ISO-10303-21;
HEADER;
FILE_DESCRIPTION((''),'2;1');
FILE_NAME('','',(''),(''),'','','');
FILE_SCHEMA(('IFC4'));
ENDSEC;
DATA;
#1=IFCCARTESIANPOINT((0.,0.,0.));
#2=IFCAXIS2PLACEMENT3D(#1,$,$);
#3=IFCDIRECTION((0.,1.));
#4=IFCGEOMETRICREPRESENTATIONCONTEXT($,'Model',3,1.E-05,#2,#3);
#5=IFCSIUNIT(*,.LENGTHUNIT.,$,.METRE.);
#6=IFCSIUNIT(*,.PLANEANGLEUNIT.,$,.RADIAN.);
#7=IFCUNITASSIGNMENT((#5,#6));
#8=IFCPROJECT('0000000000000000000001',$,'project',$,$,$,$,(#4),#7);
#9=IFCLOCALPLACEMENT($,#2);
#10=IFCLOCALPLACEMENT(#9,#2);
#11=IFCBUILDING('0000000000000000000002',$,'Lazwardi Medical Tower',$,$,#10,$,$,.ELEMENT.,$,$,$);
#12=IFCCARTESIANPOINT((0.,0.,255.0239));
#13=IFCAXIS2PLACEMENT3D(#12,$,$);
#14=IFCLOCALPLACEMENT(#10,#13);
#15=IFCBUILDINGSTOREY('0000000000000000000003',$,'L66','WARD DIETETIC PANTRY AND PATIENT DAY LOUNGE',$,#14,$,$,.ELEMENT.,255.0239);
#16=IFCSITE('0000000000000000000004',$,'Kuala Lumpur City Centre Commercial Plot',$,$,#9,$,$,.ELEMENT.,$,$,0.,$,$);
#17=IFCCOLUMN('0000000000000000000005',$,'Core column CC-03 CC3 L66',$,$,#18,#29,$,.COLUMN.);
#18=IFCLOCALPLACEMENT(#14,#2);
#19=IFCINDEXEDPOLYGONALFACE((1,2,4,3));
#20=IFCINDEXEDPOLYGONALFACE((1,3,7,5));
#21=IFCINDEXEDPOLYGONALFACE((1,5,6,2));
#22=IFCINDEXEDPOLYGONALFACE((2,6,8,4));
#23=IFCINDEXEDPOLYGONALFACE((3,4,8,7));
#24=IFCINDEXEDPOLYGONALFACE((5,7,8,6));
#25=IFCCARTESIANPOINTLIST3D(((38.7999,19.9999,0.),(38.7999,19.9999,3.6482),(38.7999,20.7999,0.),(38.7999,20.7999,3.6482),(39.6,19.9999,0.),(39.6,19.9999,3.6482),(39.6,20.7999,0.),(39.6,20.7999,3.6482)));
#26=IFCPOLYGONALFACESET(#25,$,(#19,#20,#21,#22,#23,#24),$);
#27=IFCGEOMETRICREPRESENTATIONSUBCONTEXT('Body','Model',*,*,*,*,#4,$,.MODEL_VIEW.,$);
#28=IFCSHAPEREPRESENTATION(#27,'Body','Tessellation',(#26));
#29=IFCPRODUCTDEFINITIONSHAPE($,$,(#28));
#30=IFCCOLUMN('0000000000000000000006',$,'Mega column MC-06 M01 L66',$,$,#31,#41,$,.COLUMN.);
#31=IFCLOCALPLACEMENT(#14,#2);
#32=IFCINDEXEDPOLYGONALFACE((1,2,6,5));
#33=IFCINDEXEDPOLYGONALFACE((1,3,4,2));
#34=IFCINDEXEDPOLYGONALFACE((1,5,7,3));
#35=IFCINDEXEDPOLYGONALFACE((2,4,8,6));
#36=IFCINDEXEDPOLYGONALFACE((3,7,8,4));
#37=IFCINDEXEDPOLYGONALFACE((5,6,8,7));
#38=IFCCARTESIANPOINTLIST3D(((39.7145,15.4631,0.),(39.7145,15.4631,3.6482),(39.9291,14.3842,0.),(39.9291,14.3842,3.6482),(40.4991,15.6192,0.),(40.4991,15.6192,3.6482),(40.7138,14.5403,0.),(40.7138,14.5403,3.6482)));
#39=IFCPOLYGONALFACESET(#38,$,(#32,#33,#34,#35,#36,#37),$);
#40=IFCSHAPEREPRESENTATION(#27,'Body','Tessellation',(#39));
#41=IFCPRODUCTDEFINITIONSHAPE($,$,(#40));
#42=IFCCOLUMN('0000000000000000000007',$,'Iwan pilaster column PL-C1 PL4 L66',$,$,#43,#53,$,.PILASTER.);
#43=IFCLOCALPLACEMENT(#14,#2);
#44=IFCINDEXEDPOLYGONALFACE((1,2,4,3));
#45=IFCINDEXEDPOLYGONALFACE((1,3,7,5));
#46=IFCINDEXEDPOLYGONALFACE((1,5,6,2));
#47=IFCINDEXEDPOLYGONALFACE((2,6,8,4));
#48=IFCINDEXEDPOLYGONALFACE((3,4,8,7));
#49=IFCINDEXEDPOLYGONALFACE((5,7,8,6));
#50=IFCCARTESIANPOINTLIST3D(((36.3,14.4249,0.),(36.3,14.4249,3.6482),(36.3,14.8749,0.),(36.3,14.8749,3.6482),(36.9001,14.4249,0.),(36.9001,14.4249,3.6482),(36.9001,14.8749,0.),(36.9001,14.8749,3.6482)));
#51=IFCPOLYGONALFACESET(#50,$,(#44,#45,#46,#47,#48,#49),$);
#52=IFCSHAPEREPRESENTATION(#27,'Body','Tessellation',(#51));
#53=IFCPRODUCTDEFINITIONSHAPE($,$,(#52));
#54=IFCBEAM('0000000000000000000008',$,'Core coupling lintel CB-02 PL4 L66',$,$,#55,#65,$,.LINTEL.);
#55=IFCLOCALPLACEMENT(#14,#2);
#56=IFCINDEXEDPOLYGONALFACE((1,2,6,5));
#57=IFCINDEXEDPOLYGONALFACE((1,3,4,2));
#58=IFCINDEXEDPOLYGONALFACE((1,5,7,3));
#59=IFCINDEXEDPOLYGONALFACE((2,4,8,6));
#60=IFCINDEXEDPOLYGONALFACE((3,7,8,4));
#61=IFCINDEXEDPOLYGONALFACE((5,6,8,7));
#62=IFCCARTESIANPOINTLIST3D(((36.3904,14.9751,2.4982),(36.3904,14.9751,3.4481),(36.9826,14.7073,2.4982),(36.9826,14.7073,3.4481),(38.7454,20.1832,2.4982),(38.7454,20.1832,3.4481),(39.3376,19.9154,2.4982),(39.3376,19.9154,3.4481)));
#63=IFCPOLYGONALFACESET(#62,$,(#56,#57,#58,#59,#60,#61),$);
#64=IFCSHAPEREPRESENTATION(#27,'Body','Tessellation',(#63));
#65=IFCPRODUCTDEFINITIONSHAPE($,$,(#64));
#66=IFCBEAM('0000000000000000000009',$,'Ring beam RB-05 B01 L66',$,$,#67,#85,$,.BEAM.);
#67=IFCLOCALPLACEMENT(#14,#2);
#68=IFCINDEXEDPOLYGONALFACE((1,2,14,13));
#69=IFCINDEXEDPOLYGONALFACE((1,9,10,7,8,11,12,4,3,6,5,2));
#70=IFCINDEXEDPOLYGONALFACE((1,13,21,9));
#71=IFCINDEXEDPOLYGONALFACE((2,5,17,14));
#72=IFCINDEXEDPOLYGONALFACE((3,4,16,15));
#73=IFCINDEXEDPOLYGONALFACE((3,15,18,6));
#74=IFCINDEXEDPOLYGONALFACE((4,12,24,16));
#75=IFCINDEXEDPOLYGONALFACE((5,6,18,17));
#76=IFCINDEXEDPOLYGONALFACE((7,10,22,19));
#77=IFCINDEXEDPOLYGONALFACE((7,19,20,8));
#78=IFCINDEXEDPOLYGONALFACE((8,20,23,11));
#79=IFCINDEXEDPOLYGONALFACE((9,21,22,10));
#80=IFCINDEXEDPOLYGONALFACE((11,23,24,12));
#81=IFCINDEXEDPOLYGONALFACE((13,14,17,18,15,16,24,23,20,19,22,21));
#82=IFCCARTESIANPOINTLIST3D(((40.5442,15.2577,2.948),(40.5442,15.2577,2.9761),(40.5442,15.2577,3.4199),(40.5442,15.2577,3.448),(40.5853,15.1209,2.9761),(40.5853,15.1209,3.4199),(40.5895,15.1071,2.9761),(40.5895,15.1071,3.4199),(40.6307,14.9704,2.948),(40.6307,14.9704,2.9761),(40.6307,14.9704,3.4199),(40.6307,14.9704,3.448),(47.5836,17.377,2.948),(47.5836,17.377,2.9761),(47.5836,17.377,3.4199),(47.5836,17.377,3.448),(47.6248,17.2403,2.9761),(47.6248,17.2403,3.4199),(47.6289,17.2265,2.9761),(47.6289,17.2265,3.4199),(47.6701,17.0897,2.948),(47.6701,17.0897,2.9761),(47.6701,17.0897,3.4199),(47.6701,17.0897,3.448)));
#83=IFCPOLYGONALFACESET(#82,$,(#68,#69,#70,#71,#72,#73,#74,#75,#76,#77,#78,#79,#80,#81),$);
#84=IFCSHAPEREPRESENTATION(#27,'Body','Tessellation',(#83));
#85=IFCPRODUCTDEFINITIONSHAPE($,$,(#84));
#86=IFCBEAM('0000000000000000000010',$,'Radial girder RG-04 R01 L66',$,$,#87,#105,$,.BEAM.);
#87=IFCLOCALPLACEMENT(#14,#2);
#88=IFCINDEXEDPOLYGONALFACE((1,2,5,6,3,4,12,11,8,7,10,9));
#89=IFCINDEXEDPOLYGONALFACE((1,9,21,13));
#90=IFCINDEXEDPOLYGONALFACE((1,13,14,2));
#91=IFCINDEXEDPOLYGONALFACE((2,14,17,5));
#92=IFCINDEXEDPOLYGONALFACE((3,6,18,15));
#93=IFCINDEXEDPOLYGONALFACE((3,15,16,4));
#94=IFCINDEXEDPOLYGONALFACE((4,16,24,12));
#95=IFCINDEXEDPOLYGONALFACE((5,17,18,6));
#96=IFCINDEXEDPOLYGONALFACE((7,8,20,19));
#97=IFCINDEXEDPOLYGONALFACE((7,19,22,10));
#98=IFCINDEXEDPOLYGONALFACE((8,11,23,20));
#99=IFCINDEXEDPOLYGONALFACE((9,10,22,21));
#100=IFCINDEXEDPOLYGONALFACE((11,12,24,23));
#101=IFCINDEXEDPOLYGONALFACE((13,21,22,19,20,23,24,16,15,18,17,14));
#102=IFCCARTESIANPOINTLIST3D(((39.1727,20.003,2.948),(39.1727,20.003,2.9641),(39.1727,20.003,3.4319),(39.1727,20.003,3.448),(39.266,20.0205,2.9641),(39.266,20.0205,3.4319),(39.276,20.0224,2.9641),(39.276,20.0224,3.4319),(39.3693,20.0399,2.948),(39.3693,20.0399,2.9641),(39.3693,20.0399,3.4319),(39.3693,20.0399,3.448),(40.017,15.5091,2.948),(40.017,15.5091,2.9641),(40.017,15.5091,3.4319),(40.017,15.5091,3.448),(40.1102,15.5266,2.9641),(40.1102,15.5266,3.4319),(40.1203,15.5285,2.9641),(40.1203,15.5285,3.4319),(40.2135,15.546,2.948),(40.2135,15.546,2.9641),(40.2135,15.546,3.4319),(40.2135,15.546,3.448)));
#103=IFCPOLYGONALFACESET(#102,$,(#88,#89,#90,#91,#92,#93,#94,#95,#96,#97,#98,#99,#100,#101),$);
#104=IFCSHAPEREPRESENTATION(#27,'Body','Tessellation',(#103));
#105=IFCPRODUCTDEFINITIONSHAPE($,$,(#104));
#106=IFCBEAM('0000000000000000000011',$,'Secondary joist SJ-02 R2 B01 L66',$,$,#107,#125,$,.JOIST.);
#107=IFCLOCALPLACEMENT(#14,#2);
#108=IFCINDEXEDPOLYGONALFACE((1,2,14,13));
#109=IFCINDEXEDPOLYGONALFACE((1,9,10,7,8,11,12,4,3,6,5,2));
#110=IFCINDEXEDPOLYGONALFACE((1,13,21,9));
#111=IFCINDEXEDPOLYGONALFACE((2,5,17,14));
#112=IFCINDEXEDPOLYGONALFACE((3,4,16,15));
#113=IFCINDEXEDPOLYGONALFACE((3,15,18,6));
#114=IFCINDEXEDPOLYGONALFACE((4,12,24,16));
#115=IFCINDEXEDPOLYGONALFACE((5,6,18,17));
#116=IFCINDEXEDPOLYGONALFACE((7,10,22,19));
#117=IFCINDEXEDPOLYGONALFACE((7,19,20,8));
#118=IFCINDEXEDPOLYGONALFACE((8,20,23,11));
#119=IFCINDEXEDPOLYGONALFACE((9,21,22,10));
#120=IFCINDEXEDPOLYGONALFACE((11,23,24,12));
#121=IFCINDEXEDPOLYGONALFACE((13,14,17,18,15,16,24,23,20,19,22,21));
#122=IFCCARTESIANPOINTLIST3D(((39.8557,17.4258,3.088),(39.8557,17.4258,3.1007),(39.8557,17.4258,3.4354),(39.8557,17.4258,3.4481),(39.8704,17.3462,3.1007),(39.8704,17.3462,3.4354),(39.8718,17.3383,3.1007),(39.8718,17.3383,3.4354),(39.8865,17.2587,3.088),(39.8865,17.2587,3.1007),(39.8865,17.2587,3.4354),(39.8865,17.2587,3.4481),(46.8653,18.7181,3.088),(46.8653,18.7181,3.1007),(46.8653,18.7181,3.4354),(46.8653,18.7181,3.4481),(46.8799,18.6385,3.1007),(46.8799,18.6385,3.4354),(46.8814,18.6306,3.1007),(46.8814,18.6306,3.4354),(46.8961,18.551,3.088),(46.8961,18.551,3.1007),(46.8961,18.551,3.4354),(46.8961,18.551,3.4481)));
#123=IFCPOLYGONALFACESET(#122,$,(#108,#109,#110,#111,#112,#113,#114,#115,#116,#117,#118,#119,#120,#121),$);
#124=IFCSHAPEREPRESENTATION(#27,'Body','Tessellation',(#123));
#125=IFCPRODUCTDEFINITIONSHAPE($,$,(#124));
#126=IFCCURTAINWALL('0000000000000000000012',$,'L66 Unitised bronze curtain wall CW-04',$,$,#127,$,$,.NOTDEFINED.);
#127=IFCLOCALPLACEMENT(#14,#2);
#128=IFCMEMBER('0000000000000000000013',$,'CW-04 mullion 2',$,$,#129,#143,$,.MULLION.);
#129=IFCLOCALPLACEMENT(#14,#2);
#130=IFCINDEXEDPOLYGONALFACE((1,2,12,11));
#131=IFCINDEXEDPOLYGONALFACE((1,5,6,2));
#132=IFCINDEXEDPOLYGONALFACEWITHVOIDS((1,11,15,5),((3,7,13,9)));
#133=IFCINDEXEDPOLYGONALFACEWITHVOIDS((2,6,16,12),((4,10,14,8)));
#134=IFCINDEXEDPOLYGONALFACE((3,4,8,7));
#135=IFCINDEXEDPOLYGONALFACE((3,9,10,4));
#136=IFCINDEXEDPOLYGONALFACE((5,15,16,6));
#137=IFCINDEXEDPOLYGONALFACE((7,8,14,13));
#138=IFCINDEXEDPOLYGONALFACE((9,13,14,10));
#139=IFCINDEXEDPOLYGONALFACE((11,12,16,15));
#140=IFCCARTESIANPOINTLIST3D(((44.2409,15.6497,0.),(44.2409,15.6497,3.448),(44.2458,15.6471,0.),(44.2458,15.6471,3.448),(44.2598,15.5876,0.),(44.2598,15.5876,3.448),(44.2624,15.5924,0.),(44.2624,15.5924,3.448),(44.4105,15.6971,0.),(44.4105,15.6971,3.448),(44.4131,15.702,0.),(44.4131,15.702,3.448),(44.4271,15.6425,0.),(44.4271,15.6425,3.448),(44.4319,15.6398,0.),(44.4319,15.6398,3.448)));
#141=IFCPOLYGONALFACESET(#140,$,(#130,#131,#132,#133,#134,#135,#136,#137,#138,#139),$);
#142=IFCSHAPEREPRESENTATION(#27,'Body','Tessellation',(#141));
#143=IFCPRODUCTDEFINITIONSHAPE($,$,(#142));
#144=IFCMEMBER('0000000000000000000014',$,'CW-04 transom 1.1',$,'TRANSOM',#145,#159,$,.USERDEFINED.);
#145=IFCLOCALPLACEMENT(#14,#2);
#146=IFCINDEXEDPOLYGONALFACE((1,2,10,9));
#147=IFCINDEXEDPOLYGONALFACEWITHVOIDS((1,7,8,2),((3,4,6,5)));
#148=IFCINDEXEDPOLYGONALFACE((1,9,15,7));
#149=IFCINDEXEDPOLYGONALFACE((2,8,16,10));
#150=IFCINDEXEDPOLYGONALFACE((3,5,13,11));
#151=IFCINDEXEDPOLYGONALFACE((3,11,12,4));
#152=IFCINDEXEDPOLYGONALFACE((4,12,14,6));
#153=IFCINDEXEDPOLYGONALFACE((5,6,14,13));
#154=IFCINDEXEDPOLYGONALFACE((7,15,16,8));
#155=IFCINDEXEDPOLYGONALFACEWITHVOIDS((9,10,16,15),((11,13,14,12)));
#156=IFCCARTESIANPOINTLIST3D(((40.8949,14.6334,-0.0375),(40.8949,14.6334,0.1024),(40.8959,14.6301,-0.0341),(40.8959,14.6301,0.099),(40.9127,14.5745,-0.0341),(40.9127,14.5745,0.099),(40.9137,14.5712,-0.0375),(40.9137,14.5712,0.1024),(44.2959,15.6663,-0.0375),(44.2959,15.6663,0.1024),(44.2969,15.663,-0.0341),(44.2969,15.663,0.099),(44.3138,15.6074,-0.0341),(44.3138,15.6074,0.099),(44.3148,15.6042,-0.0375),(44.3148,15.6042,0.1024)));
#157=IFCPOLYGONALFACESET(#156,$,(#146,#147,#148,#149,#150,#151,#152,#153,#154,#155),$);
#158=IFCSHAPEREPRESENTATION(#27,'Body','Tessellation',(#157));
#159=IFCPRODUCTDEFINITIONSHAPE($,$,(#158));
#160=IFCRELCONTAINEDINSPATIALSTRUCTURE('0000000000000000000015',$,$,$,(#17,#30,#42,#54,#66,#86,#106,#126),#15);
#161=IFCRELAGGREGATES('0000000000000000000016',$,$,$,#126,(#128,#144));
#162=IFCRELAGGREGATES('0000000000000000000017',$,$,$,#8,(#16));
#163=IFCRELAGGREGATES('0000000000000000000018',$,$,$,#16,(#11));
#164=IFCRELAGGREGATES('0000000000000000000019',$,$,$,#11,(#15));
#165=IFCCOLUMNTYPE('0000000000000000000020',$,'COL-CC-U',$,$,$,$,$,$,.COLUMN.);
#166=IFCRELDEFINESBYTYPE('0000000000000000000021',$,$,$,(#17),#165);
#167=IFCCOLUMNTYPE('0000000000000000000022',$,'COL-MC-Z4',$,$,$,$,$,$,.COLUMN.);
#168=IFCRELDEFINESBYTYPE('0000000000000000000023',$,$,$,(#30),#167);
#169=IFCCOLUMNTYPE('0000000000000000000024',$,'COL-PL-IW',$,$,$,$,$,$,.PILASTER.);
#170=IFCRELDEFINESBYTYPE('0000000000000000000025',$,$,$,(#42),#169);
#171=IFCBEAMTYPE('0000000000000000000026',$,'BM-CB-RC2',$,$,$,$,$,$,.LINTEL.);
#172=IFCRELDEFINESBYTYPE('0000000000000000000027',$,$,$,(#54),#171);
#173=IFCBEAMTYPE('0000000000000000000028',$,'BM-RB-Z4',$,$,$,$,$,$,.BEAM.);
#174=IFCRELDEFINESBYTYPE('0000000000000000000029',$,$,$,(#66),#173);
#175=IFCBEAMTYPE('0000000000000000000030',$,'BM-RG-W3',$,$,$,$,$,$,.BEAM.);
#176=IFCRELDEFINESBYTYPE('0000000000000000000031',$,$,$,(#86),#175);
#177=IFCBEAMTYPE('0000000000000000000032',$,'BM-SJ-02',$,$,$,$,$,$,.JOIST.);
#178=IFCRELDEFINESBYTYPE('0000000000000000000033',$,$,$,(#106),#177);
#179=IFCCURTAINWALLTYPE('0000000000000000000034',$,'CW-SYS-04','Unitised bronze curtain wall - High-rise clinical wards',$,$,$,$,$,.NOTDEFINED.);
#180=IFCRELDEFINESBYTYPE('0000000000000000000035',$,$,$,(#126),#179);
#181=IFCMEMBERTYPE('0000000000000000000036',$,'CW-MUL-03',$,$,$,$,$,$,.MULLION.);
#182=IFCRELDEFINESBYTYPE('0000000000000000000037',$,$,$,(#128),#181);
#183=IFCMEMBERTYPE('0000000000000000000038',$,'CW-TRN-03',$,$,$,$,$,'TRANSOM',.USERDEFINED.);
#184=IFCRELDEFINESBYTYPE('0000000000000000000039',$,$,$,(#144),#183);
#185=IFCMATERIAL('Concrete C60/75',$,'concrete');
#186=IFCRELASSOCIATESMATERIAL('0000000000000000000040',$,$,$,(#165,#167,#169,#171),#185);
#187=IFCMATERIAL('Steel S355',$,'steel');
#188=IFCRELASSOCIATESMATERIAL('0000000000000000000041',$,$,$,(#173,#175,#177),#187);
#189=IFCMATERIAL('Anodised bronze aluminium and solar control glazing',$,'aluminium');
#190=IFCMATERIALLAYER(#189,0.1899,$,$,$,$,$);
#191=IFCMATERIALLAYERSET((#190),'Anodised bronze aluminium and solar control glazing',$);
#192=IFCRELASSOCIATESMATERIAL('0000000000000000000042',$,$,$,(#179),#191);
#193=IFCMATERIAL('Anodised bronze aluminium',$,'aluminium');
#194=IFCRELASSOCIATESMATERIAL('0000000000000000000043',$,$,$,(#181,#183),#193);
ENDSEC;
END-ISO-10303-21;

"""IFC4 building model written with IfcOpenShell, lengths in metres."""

from ifc_helpers import new_model, si_unit, direction, frame, origin, origin_2d, place, context, subcontext, project, spatial, rectangle, hollow_rectangle, i_section, extrude, material, layer, layer_set, material_profile, profile_set, type_object, element, aggregate, save


model = new_model("IFC4")

# Units and contexts
model_context = context("Model", 3, precision=1e-05, world=origin(), true_north=direction((0.0, 1.0)))
body_context = subcontext(model_context, "Body", "Model", "MODEL_VIEW")
ifc_project = project(units=[si_unit("LENGTHUNIT", "METRE"), si_unit("PLANEANGLEUNIT", "RADIAN")], contexts=[model_context])

# Site, building, storey
site_placement = place(None, origin())
site = spatial("IfcSite", under=ifc_project, at=site_placement, Name="Kuala Lumpur City Centre Commercial Plot", CompositionType="ELEMENT", RefElevation=0.0)
building_placement = place(site_placement, origin())
building = spatial("IfcBuilding", under=site, at=building_placement, Name="Lazwardi Medical Tower", CompositionType="ELEMENT")
storey_placement = place(building_placement, frame((0.0, 0.0, 255.0239)))
storey = spatial("IfcBuildingStorey", under=building, at=storey_placement, Name="L66", Description="WARD DIETETIC PANTRY AND PATIENT DAY LOUNGE", CompositionType="ELEMENT", Elevation=255.0239)

# Columns
ifc_material_1 = material(Name="Concrete C60/75", Category="concrete")
ifc_material_profile_1 = material_profile(ifc_material_1, rectangle(XDim=0.8, YDim=0.8, at=origin_2d()), Name="RC 800x800")
ifc_profile_set_1 = profile_set([ifc_material_profile_1], Name="Concrete C60/75")
column_type_1 = type_object("IfcColumnType", Name="COL-CC-U", PredefinedType="COLUMN", material=ifc_profile_set_1)
column_1_placement = place(storey_placement, frame((39.2, 20.3999, 0.0), z_axis=(0.0, 0.0, 1.0), x_axis=(1.0, 0.0, 0.0)))
element("IfcColumn", 1, at=column_1_placement, inside=storey, type_object=column_type_1, Name="Core column CC-03 CC3 L66", PredefinedType="COLUMN", context=body_context, shape_type="SweptSolid", body=[
    extrude(rectangle(XDim=0.8, YDim=0.8, at=origin_2d()), origin(), (0.0, 0.0, 1.0), 3.6482),
])
ifc_material_profile_2 = material_profile(ifc_material_1, rectangle(XDim=1.1001, YDim=0.8, at=origin_2d()), Name="CFT-RECT 1100x800")
ifc_profile_set_2 = profile_set([ifc_material_profile_2], Name="Concrete C60/75")
column_type_2 = type_object("IfcColumnType", Name="COL-MC-Z4", PredefinedType="COLUMN", material=ifc_profile_set_2)
column_2_placement = place(storey_placement, frame((40.2141, 15.0017, 0.0), z_axis=(0.0, 0.0, 1.0), x_axis=(0.19509, -0.980785, 0.0)))
element("IfcColumn", 2, at=column_2_placement, inside=storey, type_object=column_type_2, Name="Mega column MC-06 M01 L66", PredefinedType="COLUMN", context=body_context, shape_type="SweptSolid", body=[
    extrude(rectangle(XDim=1.1001, YDim=0.8, at=origin_2d()), origin(), (0.0, 0.0, 1.0), 3.6482),
])
ifc_material_profile_3 = material_profile(ifc_material_1, rectangle(XDim=0.6001, YDim=0.45, at=origin_2d()), Name="RC 600x450")
ifc_profile_set_3 = profile_set([ifc_material_profile_3], Name="Concrete C60/75")
column_type_3 = type_object("IfcColumnType", Name="COL-PL-IW", PredefinedType="PILASTER", material=ifc_profile_set_3)
column_3_placement = place(storey_placement, frame((36.6001, 14.6499, 0.0), z_axis=(0.0, 0.0, 1.0), x_axis=(1.0, 0.0, 0.0)))
element("IfcColumn", 3, at=column_3_placement, inside=storey, type_object=column_type_3, Name="Iwan pilaster column PL-C1 PL4 L66", PredefinedType="PILASTER", context=body_context, shape_type="SweptSolid", body=[
    extrude(rectangle(XDim=0.6001, YDim=0.45, at=origin_2d()), origin(), (0.0, 0.0, 1.0), 3.6482),
])

# Beams
ifc_material_profile_4 = material_profile(ifc_material_1, rectangle(XDim=0.6499, YDim=0.95, at=origin_2d()), Name="RC 650x950")
ifc_profile_set_4 = profile_set([ifc_material_profile_4], Name="Concrete C60/75")
beam_type_1 = type_object("IfcBeamType", Name="BM-CB-RC2", PredefinedType="LINTEL", material=ifc_profile_set_4)
beam_1_placement = place(storey_placement, frame((39.0415, 20.0493, 2.9731), z_axis=(-0.412019, -0.911175, 0.0), x_axis=(0.911175, -0.412019, 0.0)))
element("IfcBeam", 4, at=beam_1_placement, inside=storey, type_object=beam_type_1, Name="Core coupling lintel CB-02 PL4 L66", PredefinedType="LINTEL", context=body_context, shape_type="SweptSolid", body=[
    extrude(rectangle(XDim=0.6499, YDim=0.95, at=origin_2d()), origin(), (0.0, 0.0, 1.0), 5.7158),
])
ifc_material_2 = material(Name="Steel S355", Category="steel")
ifc_material_profile_5 = material_profile(ifc_material_2, i_section(OverallWidth=0.3, OverallDepth=0.5, WebThickness=0.0144, FlangeThickness=0.0281, at=origin_2d()), Name="HEB 500")
ifc_profile_set_5 = profile_set([ifc_material_profile_5], Name="Steel S355")
beam_type_2 = type_object("IfcBeamType", Name="BM-RB-Z4", PredefinedType="BEAM", material=ifc_profile_set_5)
beam_2_placement = place(storey_placement, frame((40.5874, 15.114, 3.198), z_axis=(0.957544, 0.288286, 0.0), x_axis=(-0.288286, 0.957544, 0.0)))
element("IfcBeam", 5, at=beam_2_placement, inside=storey, type_object=beam_type_2, Name="Ring beam RB-05 B01 L66", PredefinedType="BEAM", context=body_context, shape_type="SweptSolid", body=[
    extrude(i_section(OverallWidth=0.3, OverallDepth=0.5, WebThickness=0.0144, FlangeThickness=0.0281, at=origin_2d()), origin(), (0.0, 0.0, 1.0), 7.3516),
])
ifc_material_profile_6 = material_profile(ifc_material_2, i_section(OverallWidth=0.2, OverallDepth=0.5, WebThickness=0.0103, FlangeThickness=0.0161, at=origin_2d()), Name="IPE 500")
ifc_profile_set_6 = profile_set([ifc_material_profile_6], Name="Steel S355")
beam_type_3 = type_object("IfcBeamType", Name="BM-RG-W3", PredefinedType="BEAM", material=ifc_profile_set_6)
beam_3_placement = place(storey_placement, frame((40.1152, 15.5276, 3.198), z_axis=(-0.184633, 0.982807, 0.0), x_axis=(-0.982807, -0.184633, 0.0)))
element("IfcBeam", 6, at=beam_3_placement, inside=storey, type_object=beam_type_3, Name="Radial girder RG-04 R01 L66", PredefinedType="BEAM", context=body_context, shape_type="SweptSolid", body=[
    extrude(i_section(OverallWidth=0.2, OverallDepth=0.5, WebThickness=0.0103, FlangeThickness=0.0161, at=origin_2d()), origin(), (0.0, 0.0, 1.0), 4.5725),
])
ifc_material_profile_7 = material_profile(ifc_material_2, i_section(OverallWidth=0.1699, OverallDepth=0.3601, WebThickness=0.0081, FlangeThickness=0.0127, at=origin_2d()), Name="IPE 360")
ifc_profile_set_7 = profile_set([ifc_material_profile_7], Name="Steel S355")
beam_type_4 = type_object("IfcBeamType", Name="BM-SJ-02", PredefinedType="JOIST", material=ifc_profile_set_7)
beam_4_placement = place(storey_placement, frame((39.8711, 17.3423, 3.2681), z_axis=(0.983428, 0.181299, 0.0), x_axis=(-0.181299, 0.983428, 0.0)))
element("IfcBeam", 7, at=beam_4_placement, inside=storey, type_object=beam_type_4, Name="Secondary joist SJ-02 R2 B01 L66", PredefinedType="JOIST", context=body_context, shape_type="SweptSolid", body=[
    extrude(i_section(OverallWidth=0.1699, OverallDepth=0.3601, WebThickness=0.0081, FlangeThickness=0.0127, at=origin_2d()), origin(), (0.0, 0.0, 1.0), 7.1277),
])

# Curtain wall, members
ifc_material_3 = material(Name="Anodised bronze aluminium and solar control glazing", Category="aluminium")
ifc_layer_1 = layer(ifc_material_3, 0.1899)
ifc_layer_set_1 = layer_set([ifc_layer_1], Name="Anodised bronze aluminium and solar control glazing")
curtain_wall_type = type_object("IfcCurtainWallType", Name="CW-SYS-04", Description="Unitised bronze curtain wall - High-rise clinical wards", PredefinedType="NOTDEFINED", material=ifc_layer_set_1)
curtain_wall_placement = place(storey_placement, origin())
curtain_wall = element("IfcCurtainWall", 8, at=curtain_wall_placement, inside=storey, type_object=curtain_wall_type, Name="L66 Unitised bronze curtain wall CW-04", PredefinedType="NOTDEFINED")
ifc_material_4 = material(Name="Anodised bronze aluminium", Category="aluminium")
ifc_material_profile_8 = material_profile(ifc_material_4, hollow_rectangle(XDim=0.0649, YDim=0.1799, WallThickness=0.0039, at=origin_2d()), Name="ALU-MULLION 180x65x4")
ifc_profile_set_8 = profile_set([ifc_material_profile_8], Name="Anodised bronze aluminium")
member_type_1 = type_object("IfcMemberType", Name="CW-MUL-03", PredefinedType="MULLION", material=ifc_profile_set_8)
member_1_placement = place(storey_placement, frame((44.3364, 15.6448, 0.0), z_axis=(0.0, 0.0, 1.0), x_axis=(-0.290582, 0.95685, 0.0)))
member_1 = element("IfcMember", 9, at=member_1_placement, type_object=member_type_1, Name="CW-04 mullion 2", PredefinedType="MULLION", context=body_context, shape_type="SweptSolid", body=[
    extrude(hollow_rectangle(XDim=0.0649, YDim=0.1799, WallThickness=0.0039, at=origin_2d()), origin(), (0.0, 0.0, 1.0), 3.448),
])
ifc_material_profile_9 = material_profile(ifc_material_4, hollow_rectangle(XDim=0.0649, YDim=0.1399, WallThickness=0.0034, at=origin_2d()), Name="ALU-TRANSOM 140x65x3.5")
ifc_profile_set_9 = profile_set([ifc_material_profile_9], Name="Anodised bronze aluminium")
member_type_2 = type_object("IfcMemberType", Name="CW-TRN-03", ElementType="TRANSOM", PredefinedType="USERDEFINED", material=ifc_profile_set_9)
member_2_placement = place(storey_placement, frame((40.9043, 14.6023, 0.0325), z_axis=(0.956843, 0.290604, 0.0), x_axis=(-0.290604, 0.956843, 0.0)))
member_2 = element("IfcMember", 10, at=member_2_placement, type_object=member_type_2, Name="CW-04 transom 1.1", ObjectType="TRANSOM", PredefinedType="USERDEFINED", context=body_context, shape_type="SweptSolid", body=[
    extrude(hollow_rectangle(XDim=0.0649, YDim=0.1399, WallThickness=0.0034, at=origin_2d()), origin(), (0.0, 0.0, 1.0), 3.5544),
])
aggregate(curtain_wall, [member_1, member_2])

save(model, "model.ifc")
